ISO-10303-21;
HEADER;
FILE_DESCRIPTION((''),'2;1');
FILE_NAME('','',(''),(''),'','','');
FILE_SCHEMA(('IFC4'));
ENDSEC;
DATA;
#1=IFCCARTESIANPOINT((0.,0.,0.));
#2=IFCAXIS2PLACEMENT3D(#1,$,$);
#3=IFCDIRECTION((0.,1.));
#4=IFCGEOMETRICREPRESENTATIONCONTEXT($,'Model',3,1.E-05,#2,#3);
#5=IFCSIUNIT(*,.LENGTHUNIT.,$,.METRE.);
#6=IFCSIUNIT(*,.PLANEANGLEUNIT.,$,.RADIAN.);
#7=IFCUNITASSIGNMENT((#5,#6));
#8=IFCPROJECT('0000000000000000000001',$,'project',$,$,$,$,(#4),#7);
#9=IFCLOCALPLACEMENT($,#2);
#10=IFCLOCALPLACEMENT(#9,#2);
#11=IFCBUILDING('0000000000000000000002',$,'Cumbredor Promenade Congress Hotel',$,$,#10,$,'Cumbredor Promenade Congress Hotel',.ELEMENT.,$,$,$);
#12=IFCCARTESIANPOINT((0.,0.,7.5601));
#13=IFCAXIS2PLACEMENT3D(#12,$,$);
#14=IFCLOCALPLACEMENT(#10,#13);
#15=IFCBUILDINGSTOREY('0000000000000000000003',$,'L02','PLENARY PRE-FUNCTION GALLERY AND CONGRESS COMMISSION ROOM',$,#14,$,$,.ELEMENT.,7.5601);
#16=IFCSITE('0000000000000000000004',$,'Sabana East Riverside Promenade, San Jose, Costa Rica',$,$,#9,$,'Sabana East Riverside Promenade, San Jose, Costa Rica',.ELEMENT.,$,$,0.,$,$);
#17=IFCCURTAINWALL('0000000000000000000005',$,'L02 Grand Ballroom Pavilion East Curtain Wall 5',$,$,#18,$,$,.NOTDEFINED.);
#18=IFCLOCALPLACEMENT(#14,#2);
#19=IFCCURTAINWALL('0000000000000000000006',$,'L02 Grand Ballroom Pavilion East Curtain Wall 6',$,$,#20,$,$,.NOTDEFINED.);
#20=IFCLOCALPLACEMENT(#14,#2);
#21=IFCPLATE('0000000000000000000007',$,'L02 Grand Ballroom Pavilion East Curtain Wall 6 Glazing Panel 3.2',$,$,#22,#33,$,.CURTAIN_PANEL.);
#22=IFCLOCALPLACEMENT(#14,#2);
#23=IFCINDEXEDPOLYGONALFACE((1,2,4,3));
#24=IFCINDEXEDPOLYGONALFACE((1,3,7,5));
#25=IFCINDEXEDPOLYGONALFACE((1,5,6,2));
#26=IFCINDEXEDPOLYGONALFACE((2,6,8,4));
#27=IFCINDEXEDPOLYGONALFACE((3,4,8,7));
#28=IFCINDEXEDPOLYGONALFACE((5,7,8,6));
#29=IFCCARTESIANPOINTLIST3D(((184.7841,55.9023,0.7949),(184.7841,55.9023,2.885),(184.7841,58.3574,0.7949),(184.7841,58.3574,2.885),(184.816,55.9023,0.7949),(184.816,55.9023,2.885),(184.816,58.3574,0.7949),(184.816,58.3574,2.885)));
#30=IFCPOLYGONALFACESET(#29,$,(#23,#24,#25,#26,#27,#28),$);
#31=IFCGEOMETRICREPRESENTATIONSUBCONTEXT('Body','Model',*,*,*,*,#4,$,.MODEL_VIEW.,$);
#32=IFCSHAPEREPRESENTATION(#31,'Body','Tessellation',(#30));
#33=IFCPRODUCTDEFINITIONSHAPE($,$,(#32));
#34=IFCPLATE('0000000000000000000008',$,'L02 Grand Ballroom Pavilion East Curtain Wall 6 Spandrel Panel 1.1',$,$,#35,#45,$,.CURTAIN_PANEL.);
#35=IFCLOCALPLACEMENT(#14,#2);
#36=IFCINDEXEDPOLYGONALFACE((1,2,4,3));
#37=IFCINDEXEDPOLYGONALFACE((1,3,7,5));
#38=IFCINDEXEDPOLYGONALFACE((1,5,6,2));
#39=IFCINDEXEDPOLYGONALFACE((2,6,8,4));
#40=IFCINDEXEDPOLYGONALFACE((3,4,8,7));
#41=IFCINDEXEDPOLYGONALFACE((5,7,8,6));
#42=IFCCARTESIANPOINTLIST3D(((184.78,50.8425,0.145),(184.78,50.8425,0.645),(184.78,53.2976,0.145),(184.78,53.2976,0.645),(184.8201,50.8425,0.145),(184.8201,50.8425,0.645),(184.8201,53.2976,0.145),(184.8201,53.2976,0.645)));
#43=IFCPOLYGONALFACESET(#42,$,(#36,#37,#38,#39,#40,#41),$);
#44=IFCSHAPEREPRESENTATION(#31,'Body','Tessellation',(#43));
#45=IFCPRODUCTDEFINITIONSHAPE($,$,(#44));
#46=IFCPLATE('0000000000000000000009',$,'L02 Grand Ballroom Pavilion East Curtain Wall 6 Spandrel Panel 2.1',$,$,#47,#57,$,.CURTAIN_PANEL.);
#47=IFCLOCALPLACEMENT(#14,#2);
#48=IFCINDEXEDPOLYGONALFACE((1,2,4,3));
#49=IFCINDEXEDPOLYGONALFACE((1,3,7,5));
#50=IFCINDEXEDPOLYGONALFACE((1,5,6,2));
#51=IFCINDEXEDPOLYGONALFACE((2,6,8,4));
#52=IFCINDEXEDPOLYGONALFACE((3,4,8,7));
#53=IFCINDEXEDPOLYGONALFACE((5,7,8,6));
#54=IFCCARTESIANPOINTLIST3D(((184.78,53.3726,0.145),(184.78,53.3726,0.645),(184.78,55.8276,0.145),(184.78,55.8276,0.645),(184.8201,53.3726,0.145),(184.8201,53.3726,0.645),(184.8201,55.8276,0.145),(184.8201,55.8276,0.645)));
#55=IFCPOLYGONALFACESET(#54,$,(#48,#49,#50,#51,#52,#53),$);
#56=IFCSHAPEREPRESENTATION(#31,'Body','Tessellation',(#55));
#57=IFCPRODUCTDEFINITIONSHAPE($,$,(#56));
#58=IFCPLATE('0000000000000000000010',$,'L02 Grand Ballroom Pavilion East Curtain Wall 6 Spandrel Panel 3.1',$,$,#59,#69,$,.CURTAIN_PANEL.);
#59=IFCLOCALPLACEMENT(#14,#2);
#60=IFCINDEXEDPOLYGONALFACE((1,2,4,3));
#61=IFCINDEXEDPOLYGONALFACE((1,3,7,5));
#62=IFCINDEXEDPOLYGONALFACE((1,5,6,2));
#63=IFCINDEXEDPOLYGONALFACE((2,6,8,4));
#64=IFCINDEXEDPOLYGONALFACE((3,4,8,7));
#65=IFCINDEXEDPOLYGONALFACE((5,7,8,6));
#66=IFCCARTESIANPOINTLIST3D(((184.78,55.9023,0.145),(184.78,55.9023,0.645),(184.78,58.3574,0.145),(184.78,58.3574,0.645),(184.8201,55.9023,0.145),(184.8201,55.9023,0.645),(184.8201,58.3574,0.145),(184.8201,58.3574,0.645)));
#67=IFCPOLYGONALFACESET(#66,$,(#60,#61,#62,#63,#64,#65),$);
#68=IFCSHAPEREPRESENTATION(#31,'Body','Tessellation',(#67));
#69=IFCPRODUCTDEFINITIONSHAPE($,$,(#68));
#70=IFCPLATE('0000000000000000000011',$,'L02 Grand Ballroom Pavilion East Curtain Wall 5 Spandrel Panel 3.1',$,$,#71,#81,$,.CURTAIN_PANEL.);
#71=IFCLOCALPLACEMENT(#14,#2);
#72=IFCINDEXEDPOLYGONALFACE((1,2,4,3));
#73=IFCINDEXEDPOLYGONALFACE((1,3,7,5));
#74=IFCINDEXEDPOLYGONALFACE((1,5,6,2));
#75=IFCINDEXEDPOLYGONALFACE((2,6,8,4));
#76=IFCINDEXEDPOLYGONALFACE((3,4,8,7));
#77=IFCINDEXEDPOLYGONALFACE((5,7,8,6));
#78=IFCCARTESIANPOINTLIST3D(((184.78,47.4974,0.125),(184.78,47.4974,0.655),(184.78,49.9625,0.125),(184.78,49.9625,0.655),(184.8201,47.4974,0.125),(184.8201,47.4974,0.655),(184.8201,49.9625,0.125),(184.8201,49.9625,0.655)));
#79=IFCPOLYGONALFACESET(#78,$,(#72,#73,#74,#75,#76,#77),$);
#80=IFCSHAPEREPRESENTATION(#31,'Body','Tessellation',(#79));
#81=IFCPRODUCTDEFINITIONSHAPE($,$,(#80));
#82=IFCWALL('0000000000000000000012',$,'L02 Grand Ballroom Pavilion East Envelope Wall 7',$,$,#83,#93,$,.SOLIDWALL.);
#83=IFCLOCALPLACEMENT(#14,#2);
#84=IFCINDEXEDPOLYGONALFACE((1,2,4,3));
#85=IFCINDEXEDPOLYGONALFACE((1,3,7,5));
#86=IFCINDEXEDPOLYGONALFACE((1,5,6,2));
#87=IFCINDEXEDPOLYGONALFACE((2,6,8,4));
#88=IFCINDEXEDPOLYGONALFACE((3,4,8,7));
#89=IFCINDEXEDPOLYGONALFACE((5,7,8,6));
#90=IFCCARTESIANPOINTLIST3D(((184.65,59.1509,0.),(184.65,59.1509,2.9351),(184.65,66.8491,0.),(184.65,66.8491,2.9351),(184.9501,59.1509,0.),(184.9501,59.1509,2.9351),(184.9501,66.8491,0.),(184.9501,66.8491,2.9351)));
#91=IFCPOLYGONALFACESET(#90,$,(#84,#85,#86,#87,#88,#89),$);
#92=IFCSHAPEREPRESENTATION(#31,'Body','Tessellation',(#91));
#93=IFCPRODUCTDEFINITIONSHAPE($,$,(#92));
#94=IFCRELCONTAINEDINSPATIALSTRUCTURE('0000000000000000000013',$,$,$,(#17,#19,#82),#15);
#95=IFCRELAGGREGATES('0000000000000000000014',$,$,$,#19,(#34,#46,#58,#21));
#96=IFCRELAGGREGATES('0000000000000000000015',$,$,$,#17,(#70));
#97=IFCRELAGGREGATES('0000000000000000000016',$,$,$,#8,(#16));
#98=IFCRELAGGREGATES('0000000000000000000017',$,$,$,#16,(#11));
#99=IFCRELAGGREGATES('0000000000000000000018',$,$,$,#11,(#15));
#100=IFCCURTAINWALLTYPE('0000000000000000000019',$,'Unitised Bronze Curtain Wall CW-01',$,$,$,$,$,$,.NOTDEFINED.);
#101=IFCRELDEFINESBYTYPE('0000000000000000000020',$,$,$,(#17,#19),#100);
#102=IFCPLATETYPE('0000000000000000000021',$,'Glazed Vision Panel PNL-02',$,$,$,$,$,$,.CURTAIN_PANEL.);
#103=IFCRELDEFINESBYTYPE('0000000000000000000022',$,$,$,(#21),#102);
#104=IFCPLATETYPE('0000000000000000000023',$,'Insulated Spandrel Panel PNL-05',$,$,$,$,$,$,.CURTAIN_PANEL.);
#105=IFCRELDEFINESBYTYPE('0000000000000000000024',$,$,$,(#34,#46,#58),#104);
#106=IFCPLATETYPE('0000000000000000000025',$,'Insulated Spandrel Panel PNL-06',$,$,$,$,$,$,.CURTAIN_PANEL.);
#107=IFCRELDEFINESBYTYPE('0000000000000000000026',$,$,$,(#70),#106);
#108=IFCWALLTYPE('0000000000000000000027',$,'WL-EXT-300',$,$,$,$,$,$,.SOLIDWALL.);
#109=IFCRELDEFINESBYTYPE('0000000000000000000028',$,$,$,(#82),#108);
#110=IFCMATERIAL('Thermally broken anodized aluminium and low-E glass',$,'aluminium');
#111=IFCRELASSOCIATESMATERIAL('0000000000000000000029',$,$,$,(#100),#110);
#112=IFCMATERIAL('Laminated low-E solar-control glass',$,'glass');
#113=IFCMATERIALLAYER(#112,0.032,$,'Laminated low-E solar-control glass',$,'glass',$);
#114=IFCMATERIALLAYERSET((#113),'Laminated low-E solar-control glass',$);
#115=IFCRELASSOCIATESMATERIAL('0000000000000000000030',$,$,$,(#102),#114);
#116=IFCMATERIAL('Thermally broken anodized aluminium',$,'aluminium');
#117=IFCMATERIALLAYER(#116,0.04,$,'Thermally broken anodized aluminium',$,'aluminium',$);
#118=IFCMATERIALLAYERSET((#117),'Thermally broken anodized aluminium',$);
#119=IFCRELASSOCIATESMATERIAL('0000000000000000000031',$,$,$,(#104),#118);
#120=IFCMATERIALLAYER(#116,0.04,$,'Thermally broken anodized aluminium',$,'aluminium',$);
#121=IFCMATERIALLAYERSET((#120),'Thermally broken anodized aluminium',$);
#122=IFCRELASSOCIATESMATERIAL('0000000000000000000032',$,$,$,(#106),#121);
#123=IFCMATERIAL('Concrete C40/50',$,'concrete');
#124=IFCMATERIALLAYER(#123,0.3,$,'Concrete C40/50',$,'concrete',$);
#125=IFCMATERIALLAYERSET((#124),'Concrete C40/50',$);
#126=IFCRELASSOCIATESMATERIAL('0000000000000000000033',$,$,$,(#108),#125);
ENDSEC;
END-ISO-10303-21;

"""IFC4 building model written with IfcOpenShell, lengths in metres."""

from ifc_helpers import new_model, si_unit, direction, frame, frame_2d, origin, origin_2d, place, context, subcontext, project, spatial, rectangle, extrude, material, layer, layer_set, type_object, element, aggregate, save


model = new_model("IFC4")

# Units and contexts
model_context = context("Model", 3, precision=1e-05, world=origin(), true_north=direction((0.0, 1.0)))
body_context = subcontext(model_context, "Body", "Model", "MODEL_VIEW")
ifc_project = project(units=[si_unit("LENGTHUNIT", "METRE"), si_unit("PLANEANGLEUNIT", "RADIAN")], contexts=[model_context])

# Site, building, storey
site_placement = place(None, origin())
site = spatial("IfcSite", under=ifc_project, at=site_placement, Name="Sabana East Riverside Promenade, San Jose, Costa Rica", LongName="Sabana East Riverside Promenade, San Jose, Costa Rica", CompositionType="ELEMENT", RefElevation=0.0)
building_placement = place(site_placement, origin())
building = spatial("IfcBuilding", under=site, at=building_placement, Name="Cumbredor Promenade Congress Hotel", LongName="Cumbredor Promenade Congress Hotel", CompositionType="ELEMENT")
storey_placement = place(building_placement, frame((0.0, 0.0, 7.5601)))
storey = spatial("IfcBuildingStorey", under=building, at=storey_placement, Name="L02", Description="PLENARY PRE-FUNCTION GALLERY AND CONGRESS COMMISSION ROOM", CompositionType="ELEMENT", Elevation=7.5601)

# Shared definitions
ifc_material_1 = material(Name="Concrete C40/50", Category="concrete")

# Curtain walls
ifc_material_2 = material(Name="Thermally broken anodized aluminium and low-E glass", Category="aluminium")
curtain_wall_type = type_object("IfcCurtainWallType", Name="Unitised Bronze Curtain Wall CW-01", PredefinedType="NOTDEFINED", material=ifc_material_2)
curtain_wall_1_placement = place(storey_placement, origin())
curtain_wall_1 = element("IfcCurtainWall", 1, at=curtain_wall_1_placement, inside=storey, type_object=curtain_wall_type, Name="L02 Grand Ballroom Pavilion East Curtain Wall 5", PredefinedType="NOTDEFINED")
ifc_material_3 = material(Name="Thermally broken anodized aluminium", Category="aluminium")
curtain_wall_2_placement = place(storey_placement, origin())
curtain_wall_2 = element("IfcCurtainWall", 2, at=curtain_wall_2_placement, inside=storey, type_object=curtain_wall_type, Name="L02 Grand Ballroom Pavilion East Curtain Wall 6", PredefinedType="NOTDEFINED")

# Plates
ifc_material_4 = material(Name="Laminated low-E solar-control glass", Category="glass")
ifc_layer_1 = layer(ifc_material_4, 0.032, Name="Laminated low-E solar-control glass", Category="glass")
ifc_layer_set_1 = layer_set([ifc_layer_1], Name="Laminated low-E solar-control glass")
plate_type_1 = type_object("IfcPlateType", Name="Glazed Vision Panel PNL-02", PredefinedType="CURTAIN_PANEL", material=ifc_layer_set_1)
plate_1_placement = place(storey_placement, frame((184.8, 57.1299, 0.7949), z_axis=(0.0, 0.0, 1.0), x_axis=(0.0, 1.0, 0.0)))
plate_1 = element("IfcPlate", 3, at=plate_1_placement, type_object=plate_type_1, Name="L02 Grand Ballroom Pavilion East Curtain Wall 6 Glazing Panel 3.2", PredefinedType="CURTAIN_PANEL", context=body_context, shape_type="SweptSolid", body=[
    extrude(rectangle(XDim=2.4551, YDim=0.032, at=origin_2d()), origin(), (0.0, 0.0, 1.0), 2.0901),
])
ifc_layer_2 = layer(ifc_material_3, 0.04, Name="Thermally broken anodized aluminium", Category="aluminium")
ifc_layer_set_2 = layer_set([ifc_layer_2], Name="Thermally broken anodized aluminium")
plate_type_2 = type_object("IfcPlateType", Name="Insulated Spandrel Panel PNL-05", PredefinedType="CURTAIN_PANEL", material=ifc_layer_set_2)
plate_2_placement = place(storey_placement, frame((184.8, 52.0701, 0.145), z_axis=(0.0, 0.0, 1.0), x_axis=(0.0, 1.0, 0.0)))
plate_2 = element("IfcPlate", 4, at=plate_2_placement, type_object=plate_type_2, Name="L02 Grand Ballroom Pavilion East Curtain Wall 6 Spandrel Panel 1.1", PredefinedType="CURTAIN_PANEL", context=body_context, shape_type="SweptSolid", body=[
    extrude(rectangle(XDim=2.4551, YDim=0.04, at=origin_2d()), origin(), (0.0, 0.0, 1.0), 0.5),
])
plate_3_placement = place(storey_placement, frame((184.8, 54.6001, 0.145), z_axis=(0.0, 0.0, 1.0), x_axis=(0.0, 1.0, 0.0)))
plate_3 = element("IfcPlate", 5, at=plate_3_placement, type_object=plate_type_2, Name="L02 Grand Ballroom Pavilion East Curtain Wall 6 Spandrel Panel 2.1", PredefinedType="CURTAIN_PANEL", context=body_context, shape_type="SweptSolid", body=[
    extrude(rectangle(XDim=2.4551, YDim=0.04, at=origin_2d()), origin(), (0.0, 0.0, 1.0), 0.5),
])
plate_4_placement = place(storey_placement, frame((184.8, 57.1299, 0.145), z_axis=(0.0, 0.0, 1.0), x_axis=(0.0, 1.0, 0.0)))
plate_4 = element("IfcPlate", 6, at=plate_4_placement, type_object=plate_type_2, Name="L02 Grand Ballroom Pavilion East Curtain Wall 6 Spandrel Panel 3.1", PredefinedType="CURTAIN_PANEL", context=body_context, shape_type="SweptSolid", body=[
    extrude(rectangle(XDim=2.4551, YDim=0.04, at=origin_2d()), origin(), (0.0, 0.0, 1.0), 0.5),
])
aggregate(curtain_wall_2, [plate_2, plate_3, plate_4, plate_1])
ifc_layer_3 = layer(ifc_material_3, 0.04, Name="Thermally broken anodized aluminium", Category="aluminium")
ifc_layer_set_3 = layer_set([ifc_layer_3], Name="Thermally broken anodized aluminium")
plate_type_3 = type_object("IfcPlateType", Name="Insulated Spandrel Panel PNL-06", PredefinedType="CURTAIN_PANEL", material=ifc_layer_set_3)
plate_5_placement = place(storey_placement, frame((184.8, 48.73, 0.125), z_axis=(0.0, 0.0, 1.0), x_axis=(0.0, 1.0, 0.0)))
plate_5 = element("IfcPlate", 7, at=plate_5_placement, type_object=plate_type_3, Name="L02 Grand Ballroom Pavilion East Curtain Wall 5 Spandrel Panel 3.1", PredefinedType="CURTAIN_PANEL", context=body_context, shape_type="SweptSolid", body=[
    extrude(rectangle(XDim=2.4651, YDim=0.04, at=origin_2d()), origin(), (0.0, 0.0, 1.0), 0.53),
])
aggregate(curtain_wall_1, [plate_5])

# Wall
ifc_layer_4 = layer(ifc_material_1, 0.3, Name="Concrete C40/50", Category="concrete")
ifc_layer_set_4 = layer_set([ifc_layer_4], Name="Concrete C40/50")
wall_type = type_object("IfcWallType", Name="WL-EXT-300", PredefinedType="SOLIDWALL", material=ifc_layer_set_4)
wall_placement = place(storey_placement, frame((184.8, 59.1509, 0.0), z_axis=(0.0, 0.0, 1.0), x_axis=(0.0, 1.0, 0.0)))
element("IfcWall", 8, at=wall_placement, inside=storey, type_object=wall_type, Name="L02 Grand Ballroom Pavilion East Envelope Wall 7", PredefinedType="SOLIDWALL", context=body_context, shape_type="SweptSolid", body=[
    extrude(rectangle(XDim=7.6982, YDim=0.3, at=frame_2d((3.8491, 0.0))), origin(), (0.0, 0.0, 1.0), 2.9351),
])

save(model, "model.ifc")
